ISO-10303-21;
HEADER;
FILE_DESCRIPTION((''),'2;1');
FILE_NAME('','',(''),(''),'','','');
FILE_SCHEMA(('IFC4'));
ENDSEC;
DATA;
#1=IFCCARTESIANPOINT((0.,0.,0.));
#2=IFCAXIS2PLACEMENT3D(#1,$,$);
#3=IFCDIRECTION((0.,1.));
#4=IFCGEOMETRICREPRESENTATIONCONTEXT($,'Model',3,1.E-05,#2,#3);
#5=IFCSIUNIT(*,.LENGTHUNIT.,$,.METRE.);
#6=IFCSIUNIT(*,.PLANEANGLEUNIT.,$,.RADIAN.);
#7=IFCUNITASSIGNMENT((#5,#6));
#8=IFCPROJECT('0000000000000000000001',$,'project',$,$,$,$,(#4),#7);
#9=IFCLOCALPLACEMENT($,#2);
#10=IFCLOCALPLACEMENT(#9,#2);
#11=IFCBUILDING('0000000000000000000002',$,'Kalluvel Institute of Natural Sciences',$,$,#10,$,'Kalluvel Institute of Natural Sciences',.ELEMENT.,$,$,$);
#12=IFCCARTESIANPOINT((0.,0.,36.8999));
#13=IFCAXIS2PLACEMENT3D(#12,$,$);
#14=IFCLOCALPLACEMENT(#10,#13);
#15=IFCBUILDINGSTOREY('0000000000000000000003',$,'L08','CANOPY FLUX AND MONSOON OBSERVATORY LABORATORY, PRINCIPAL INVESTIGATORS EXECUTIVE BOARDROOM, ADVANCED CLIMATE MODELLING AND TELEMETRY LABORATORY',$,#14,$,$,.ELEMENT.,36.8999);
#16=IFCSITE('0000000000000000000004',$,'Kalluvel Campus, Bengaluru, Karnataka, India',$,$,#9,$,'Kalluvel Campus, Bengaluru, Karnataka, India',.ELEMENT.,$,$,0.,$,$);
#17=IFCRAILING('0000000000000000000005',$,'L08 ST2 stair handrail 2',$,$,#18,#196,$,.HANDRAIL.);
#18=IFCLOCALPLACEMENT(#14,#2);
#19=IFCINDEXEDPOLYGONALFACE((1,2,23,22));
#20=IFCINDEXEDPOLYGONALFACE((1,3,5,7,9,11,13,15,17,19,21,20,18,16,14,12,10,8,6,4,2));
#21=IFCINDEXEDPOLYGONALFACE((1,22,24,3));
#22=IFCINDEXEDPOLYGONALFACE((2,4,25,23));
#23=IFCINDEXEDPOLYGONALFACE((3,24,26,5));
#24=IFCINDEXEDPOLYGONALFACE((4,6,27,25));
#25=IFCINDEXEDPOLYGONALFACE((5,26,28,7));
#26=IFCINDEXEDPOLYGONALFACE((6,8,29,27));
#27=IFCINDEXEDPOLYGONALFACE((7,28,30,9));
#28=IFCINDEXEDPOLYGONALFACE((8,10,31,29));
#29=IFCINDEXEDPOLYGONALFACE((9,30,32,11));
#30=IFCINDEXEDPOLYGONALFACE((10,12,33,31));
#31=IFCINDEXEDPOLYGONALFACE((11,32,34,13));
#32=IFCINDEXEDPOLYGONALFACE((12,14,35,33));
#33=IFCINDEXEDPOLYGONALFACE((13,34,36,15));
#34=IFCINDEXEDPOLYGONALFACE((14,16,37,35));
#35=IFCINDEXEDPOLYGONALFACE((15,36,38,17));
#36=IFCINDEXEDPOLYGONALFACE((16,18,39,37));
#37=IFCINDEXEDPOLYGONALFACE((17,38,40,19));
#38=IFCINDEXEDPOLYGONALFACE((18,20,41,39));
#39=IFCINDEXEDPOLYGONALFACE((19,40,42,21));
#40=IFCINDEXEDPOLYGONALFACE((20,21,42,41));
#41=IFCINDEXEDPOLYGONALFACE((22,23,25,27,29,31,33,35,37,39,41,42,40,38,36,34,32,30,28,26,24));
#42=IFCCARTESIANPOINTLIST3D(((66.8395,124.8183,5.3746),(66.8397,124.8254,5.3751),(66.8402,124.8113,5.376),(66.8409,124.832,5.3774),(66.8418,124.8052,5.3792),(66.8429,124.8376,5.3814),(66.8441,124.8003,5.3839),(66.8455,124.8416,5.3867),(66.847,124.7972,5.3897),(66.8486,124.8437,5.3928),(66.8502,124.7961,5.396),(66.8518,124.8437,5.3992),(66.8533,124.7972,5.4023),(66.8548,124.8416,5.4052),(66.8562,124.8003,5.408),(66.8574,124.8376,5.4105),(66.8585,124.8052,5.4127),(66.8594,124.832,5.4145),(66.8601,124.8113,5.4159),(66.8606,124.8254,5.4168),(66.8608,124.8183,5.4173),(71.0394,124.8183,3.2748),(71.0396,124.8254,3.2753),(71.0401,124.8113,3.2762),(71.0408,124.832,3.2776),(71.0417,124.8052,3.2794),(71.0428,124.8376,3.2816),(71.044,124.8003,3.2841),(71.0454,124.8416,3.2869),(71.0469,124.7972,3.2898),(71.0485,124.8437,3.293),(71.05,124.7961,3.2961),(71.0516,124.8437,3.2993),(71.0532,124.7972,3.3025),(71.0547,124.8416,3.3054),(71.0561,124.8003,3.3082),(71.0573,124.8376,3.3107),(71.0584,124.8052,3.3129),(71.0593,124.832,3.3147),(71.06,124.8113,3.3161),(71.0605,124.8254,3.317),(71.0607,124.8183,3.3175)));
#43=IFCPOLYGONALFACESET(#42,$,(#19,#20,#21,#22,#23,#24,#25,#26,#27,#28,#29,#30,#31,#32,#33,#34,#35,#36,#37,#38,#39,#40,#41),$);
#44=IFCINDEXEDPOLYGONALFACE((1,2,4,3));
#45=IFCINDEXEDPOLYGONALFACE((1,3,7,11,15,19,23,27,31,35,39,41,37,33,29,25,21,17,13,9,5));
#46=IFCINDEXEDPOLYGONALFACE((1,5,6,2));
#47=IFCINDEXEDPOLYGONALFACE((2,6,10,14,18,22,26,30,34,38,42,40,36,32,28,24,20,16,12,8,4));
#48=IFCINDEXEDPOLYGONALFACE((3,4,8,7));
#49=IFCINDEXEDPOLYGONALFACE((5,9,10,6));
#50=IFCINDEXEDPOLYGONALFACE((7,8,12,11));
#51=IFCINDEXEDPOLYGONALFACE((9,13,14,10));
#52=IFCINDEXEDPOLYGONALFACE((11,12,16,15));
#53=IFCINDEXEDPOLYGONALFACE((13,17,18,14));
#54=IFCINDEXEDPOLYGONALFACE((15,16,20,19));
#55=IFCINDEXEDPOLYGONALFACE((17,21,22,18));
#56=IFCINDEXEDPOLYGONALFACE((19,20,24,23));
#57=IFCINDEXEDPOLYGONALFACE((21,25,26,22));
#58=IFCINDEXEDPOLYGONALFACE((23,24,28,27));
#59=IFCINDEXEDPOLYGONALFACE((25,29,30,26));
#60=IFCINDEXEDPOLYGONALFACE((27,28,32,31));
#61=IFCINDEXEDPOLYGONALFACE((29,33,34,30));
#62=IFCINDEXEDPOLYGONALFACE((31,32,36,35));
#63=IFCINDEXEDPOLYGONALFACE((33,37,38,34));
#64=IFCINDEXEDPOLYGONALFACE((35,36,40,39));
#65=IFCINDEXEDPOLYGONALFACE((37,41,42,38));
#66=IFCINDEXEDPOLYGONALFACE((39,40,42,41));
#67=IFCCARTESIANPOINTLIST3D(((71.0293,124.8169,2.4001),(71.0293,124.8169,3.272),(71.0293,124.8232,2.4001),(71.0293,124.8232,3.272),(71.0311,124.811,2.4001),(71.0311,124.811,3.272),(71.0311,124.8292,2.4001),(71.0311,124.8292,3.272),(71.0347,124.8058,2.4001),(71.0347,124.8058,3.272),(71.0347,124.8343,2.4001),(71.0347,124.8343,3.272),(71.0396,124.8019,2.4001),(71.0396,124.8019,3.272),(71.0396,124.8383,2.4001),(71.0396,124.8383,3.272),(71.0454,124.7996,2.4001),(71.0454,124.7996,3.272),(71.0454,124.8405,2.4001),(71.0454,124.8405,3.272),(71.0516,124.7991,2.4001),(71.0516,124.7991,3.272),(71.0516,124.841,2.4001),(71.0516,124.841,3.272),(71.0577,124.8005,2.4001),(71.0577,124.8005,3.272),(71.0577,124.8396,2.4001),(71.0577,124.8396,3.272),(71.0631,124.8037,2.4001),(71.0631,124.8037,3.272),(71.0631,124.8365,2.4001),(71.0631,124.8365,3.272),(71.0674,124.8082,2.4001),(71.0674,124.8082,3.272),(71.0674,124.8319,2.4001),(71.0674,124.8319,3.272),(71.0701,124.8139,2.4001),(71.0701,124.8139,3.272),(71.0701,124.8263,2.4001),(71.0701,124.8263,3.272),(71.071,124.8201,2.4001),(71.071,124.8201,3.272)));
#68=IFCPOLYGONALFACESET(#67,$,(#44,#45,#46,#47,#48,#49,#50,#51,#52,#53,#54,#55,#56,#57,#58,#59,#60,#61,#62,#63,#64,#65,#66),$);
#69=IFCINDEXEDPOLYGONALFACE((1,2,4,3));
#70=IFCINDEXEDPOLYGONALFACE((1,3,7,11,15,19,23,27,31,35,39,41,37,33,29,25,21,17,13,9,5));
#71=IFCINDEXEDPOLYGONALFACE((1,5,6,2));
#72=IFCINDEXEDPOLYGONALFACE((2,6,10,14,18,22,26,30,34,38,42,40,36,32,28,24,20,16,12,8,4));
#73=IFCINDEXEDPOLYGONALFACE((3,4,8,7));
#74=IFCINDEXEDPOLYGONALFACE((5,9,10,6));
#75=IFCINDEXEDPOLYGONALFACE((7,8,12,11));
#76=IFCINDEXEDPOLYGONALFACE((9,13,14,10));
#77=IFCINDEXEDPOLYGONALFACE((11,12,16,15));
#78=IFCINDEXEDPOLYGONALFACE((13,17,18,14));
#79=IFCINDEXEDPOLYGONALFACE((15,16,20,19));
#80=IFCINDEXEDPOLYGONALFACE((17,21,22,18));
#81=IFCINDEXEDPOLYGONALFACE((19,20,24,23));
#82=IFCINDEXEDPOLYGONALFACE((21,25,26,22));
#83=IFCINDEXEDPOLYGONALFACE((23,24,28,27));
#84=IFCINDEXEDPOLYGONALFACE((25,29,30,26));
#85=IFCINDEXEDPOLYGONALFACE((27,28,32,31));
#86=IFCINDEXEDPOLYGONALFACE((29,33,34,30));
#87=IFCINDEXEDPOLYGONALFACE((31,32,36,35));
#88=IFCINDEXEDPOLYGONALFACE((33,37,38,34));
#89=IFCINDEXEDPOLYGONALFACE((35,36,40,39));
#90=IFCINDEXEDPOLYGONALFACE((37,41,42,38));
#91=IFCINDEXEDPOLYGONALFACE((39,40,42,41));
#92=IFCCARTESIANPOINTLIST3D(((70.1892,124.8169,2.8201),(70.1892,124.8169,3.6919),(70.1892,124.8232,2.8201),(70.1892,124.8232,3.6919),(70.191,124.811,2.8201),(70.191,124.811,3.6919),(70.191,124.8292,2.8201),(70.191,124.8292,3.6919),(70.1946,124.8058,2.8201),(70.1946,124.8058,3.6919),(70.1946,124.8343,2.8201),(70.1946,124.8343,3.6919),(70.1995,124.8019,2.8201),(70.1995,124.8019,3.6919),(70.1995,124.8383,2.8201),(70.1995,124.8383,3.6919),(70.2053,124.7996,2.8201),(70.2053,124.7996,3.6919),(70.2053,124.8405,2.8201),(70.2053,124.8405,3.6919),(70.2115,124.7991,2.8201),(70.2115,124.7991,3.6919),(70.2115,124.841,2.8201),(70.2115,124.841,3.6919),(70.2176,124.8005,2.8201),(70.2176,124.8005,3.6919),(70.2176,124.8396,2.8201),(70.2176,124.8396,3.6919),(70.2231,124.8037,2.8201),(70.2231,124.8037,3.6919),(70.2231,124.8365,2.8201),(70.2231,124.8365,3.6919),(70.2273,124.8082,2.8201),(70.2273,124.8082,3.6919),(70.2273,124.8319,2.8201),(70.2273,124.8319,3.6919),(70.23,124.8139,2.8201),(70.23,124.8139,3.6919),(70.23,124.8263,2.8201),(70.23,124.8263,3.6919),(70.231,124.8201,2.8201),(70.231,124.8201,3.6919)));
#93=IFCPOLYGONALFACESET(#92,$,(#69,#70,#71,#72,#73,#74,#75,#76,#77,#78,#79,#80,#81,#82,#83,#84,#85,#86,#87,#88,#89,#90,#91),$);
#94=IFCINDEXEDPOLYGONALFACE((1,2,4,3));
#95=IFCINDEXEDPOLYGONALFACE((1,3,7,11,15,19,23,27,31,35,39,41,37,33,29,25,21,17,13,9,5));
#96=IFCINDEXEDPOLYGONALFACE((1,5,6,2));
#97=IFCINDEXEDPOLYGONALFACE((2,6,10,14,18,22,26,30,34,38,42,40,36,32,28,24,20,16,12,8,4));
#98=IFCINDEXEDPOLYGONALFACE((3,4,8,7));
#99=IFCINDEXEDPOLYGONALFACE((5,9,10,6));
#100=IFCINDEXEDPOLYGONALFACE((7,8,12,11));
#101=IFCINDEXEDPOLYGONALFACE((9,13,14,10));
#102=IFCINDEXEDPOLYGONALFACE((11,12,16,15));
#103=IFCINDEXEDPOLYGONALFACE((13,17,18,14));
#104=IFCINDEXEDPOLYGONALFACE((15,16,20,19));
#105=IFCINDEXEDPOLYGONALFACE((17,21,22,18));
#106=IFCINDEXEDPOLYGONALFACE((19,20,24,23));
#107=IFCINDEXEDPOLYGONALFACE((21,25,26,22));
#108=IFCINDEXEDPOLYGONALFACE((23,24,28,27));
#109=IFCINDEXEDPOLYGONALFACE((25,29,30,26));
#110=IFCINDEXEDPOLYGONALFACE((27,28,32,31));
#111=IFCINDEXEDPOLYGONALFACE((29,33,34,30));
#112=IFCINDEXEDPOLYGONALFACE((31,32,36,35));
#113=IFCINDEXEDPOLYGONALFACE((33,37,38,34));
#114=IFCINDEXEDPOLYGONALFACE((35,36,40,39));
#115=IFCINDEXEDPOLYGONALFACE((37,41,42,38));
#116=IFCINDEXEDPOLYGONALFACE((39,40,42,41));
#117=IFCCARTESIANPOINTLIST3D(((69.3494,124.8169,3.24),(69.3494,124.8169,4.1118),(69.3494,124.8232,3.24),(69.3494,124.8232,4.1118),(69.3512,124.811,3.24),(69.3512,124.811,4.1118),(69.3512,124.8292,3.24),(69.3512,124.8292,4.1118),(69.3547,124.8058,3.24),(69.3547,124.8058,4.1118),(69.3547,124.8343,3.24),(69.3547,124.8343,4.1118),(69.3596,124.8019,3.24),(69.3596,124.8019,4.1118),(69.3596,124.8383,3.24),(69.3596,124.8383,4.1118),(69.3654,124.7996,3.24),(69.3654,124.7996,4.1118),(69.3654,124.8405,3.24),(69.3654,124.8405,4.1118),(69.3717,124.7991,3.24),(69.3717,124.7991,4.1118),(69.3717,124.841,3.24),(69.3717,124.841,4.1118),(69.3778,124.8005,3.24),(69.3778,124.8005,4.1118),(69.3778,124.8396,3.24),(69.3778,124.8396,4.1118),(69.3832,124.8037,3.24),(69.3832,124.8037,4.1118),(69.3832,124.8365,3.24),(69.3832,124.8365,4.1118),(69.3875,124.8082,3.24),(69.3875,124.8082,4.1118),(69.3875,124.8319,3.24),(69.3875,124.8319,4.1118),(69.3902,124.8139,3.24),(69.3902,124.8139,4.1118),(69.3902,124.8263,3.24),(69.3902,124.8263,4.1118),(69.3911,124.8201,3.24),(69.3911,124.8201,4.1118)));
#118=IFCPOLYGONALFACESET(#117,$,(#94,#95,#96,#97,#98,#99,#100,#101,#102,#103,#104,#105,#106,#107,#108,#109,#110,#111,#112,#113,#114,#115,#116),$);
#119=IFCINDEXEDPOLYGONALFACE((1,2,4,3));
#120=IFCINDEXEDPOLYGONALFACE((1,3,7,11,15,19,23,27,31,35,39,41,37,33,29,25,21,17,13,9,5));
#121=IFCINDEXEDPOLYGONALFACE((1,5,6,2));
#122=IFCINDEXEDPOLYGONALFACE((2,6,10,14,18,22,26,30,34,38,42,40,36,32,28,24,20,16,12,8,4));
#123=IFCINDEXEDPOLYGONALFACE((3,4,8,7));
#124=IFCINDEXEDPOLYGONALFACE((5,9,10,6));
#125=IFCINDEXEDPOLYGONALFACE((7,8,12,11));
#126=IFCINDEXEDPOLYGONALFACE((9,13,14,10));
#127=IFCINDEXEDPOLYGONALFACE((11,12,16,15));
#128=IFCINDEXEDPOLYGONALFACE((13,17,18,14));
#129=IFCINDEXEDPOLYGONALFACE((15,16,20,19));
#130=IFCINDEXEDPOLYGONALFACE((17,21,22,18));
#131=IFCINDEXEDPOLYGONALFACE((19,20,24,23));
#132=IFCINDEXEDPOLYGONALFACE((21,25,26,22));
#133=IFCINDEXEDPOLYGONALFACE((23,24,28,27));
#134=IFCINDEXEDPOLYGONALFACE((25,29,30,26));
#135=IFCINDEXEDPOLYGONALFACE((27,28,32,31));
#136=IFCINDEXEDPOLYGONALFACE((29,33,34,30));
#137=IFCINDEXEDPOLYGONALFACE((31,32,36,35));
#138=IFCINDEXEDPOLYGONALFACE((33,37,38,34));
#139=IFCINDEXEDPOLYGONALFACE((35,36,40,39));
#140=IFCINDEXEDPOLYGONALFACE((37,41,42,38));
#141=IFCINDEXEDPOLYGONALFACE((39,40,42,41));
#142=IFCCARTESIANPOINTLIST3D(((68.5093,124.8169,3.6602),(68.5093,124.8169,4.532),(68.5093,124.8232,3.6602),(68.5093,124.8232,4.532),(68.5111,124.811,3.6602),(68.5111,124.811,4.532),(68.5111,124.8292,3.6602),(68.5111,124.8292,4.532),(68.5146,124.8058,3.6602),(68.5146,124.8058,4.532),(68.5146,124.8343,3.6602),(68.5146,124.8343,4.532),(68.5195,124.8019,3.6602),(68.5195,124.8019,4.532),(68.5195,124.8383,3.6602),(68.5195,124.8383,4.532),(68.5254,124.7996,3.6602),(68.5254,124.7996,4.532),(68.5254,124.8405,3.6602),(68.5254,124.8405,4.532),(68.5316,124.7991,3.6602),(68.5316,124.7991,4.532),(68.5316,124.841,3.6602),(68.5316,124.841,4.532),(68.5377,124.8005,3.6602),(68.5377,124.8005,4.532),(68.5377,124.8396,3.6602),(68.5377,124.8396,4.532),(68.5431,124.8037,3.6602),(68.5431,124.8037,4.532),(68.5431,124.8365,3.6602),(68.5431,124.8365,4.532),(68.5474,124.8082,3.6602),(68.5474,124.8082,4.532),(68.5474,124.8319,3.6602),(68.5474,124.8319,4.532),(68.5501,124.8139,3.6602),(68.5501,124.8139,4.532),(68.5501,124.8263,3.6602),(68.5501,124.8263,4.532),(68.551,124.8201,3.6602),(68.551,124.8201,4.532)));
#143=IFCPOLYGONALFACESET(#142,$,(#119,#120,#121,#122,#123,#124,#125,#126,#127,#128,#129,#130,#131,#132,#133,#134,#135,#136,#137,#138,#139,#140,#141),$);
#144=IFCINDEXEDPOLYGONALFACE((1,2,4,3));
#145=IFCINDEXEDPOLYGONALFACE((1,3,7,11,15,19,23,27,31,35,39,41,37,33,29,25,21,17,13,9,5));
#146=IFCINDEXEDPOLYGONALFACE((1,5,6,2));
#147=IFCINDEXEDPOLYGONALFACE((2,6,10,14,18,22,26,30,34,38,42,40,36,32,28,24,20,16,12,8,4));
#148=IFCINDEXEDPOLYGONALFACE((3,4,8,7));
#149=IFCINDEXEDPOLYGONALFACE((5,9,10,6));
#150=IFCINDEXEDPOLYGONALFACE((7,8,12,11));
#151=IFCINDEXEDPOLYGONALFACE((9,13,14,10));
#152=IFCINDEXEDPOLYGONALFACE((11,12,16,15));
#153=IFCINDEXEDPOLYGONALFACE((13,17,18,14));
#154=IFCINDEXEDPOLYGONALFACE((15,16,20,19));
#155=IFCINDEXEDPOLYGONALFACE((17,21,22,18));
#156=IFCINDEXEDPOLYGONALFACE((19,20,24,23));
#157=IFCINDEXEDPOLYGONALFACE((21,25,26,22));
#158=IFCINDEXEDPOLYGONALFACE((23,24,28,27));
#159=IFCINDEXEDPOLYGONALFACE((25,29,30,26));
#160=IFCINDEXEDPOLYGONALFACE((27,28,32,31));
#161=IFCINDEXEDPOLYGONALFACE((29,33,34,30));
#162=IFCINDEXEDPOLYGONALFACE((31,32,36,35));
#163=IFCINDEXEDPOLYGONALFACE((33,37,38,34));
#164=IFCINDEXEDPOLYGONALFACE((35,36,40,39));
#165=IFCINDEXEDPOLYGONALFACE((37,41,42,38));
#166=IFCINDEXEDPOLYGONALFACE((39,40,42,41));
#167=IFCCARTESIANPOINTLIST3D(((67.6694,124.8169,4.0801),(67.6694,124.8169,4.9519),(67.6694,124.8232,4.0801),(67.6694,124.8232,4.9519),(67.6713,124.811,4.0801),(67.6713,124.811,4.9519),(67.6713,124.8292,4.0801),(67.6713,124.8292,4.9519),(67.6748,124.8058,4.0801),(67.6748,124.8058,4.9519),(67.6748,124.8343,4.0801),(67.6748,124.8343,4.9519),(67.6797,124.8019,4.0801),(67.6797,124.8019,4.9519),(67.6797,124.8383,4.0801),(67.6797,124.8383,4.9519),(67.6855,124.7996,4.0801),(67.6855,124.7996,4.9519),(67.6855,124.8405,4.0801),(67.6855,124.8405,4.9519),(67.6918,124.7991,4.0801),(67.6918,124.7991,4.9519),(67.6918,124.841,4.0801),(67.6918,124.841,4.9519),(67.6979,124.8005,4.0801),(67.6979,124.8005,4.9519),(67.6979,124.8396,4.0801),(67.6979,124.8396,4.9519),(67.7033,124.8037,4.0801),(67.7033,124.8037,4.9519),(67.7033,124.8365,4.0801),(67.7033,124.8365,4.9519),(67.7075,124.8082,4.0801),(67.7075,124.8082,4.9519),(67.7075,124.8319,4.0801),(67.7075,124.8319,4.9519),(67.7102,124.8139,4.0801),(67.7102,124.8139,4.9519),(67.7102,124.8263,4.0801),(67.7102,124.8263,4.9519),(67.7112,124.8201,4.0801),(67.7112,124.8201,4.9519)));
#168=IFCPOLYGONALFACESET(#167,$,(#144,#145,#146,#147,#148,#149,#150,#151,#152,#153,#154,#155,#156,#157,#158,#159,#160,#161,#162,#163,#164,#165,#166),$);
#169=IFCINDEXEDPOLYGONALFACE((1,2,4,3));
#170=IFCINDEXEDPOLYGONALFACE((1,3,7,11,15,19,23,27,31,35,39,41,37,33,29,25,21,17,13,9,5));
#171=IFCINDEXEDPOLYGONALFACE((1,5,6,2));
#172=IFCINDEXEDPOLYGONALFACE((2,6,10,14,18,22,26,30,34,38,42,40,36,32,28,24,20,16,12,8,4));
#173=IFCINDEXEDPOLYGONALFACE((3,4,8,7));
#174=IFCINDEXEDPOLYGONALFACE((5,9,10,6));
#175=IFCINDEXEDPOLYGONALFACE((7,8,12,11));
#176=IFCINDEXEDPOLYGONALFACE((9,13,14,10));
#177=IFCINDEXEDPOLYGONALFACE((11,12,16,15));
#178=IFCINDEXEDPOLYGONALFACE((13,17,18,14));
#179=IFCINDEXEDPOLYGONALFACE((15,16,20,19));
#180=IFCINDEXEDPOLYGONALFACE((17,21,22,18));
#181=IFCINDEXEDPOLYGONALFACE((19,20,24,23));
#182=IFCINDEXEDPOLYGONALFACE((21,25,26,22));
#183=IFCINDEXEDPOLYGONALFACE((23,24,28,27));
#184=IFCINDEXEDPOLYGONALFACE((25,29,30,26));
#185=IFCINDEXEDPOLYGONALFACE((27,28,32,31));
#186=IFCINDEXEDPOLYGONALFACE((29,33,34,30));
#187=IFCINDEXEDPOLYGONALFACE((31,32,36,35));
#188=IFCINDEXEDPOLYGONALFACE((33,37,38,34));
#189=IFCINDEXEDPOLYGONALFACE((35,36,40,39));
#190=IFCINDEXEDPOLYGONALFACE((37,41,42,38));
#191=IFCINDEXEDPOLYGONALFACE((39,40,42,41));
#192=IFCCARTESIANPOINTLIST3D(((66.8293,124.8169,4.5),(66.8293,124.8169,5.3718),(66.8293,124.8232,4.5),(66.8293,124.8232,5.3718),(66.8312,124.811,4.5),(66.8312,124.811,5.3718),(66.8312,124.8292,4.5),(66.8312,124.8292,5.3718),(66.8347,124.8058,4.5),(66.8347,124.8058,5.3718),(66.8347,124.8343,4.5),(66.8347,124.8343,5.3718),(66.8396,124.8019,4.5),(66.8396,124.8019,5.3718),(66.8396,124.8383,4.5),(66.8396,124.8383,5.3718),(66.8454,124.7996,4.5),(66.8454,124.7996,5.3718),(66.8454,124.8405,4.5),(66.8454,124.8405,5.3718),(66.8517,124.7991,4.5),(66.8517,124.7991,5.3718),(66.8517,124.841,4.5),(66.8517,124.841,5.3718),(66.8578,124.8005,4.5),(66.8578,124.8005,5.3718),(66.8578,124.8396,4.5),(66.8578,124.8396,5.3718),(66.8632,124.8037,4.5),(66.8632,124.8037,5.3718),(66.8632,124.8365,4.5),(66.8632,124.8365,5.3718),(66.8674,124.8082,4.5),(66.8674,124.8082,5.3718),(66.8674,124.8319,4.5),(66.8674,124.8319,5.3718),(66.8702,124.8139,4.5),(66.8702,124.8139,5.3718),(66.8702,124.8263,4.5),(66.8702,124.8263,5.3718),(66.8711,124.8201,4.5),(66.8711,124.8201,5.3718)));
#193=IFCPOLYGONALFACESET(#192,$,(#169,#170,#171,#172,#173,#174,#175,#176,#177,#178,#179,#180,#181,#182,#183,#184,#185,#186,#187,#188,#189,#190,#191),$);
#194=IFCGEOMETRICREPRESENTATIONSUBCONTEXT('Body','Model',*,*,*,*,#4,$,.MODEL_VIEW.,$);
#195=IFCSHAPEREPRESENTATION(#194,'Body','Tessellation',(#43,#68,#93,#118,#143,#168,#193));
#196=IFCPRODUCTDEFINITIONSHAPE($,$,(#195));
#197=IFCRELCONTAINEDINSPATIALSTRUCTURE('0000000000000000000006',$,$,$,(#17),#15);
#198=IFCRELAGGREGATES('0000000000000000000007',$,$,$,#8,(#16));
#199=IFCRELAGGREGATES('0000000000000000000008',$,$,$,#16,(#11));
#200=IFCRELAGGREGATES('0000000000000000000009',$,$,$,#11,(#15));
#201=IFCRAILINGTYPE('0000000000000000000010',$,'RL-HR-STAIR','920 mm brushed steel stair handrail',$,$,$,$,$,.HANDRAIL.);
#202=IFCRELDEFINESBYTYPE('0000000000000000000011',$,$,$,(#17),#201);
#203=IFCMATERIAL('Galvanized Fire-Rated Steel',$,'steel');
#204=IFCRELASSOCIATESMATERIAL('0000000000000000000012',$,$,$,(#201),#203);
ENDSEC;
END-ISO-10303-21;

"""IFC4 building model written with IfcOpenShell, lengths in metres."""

from ifc_helpers import new_model, si_unit, direction, frame, origin, origin_2d, place, context, subcontext, project, spatial, circle, extrude, material, type_object, element, save


model = new_model("IFC4")

# Units and contexts
model_context = context("Model", 3, precision=1e-05, world=origin(), true_north=direction((0.0, 1.0)))
body_context = subcontext(model_context, "Body", "Model", "MODEL_VIEW")
ifc_project = project(units=[si_unit("LENGTHUNIT", "METRE"), si_unit("PLANEANGLEUNIT", "RADIAN")], contexts=[model_context])

# Site, building, storey
site_placement = place(None, origin())
site = spatial("IfcSite", under=ifc_project, at=site_placement, Name="Kalluvel Campus, Bengaluru, Karnataka, India", LongName="Kalluvel Campus, Bengaluru, Karnataka, India", CompositionType="ELEMENT", RefElevation=0.0)
building_placement = place(site_placement, origin())
building = spatial("IfcBuilding", under=site, at=building_placement, Name="Kalluvel Institute of Natural Sciences", LongName="Kalluvel Institute of Natural Sciences", CompositionType="ELEMENT")
storey_placement = place(building_placement, frame((0.0, 0.0, 36.8999)))
storey = spatial("IfcBuildingStorey", under=building, at=storey_placement, Name="L08", Description="CANOPY FLUX AND MONSOON OBSERVATORY LABORATORY, PRINCIPAL INVESTIGATORS EXECUTIVE BOARDROOM, ADVANCED CLIMATE MODELLING AND TELEMETRY LABORATORY", CompositionType="ELEMENT", Elevation=36.8999)

# Shared definitions
ifc_material_1 = material(Name="Galvanized Fire-Rated Steel", Category="steel")

# Railing
railing_type_1 = type_object("IfcRailingType", Name="RL-HR-STAIR", Description="920 mm brushed steel stair handrail", PredefinedType="HANDRAIL", material=ifc_material_1)
railing_1_placement = place(storey_placement, frame((71.05, 124.8201, 2.4001)))
element("IfcRailing", 1, at=railing_1_placement, inside=storey, type_object=railing_type_1, Name="L08 ST2 stair handrail 2", PredefinedType="HANDRAIL", context=body_context, shape_type="SweptSolid", body=[
    extrude(circle(Radius=0.0239, at=origin_2d()), frame((0.0, 0.0, 0.896), z_axis=(-0.894438, 0.0, 0.447193), x_axis=(0.0, -1.0, 0.0)), (0.0, 0.0, 1.0), 4.6956),
    extrude(circle(Radius=0.021, at=origin_2d()), origin(), (0.0, 0.0, 1.0), 0.8718),
    extrude(circle(Radius=0.021, at=origin_2d()), frame((-0.8401, 0.0, 0.4199)), (0.0, 0.0, 1.0), 0.8718),
    extrude(circle(Radius=0.021, at=origin_2d()), frame((-1.6799, 0.0, 0.8398)), (0.0, 0.0, 1.0), 0.8718),
    extrude(circle(Radius=0.021, at=origin_2d()), frame((-2.52, 0.0, 1.26)), (0.0, 0.0, 1.0), 0.8718),
    extrude(circle(Radius=0.021, at=origin_2d()), frame((-3.3599, 0.0, 1.6799)), (0.0, 0.0, 1.0), 0.8718),
    extrude(circle(Radius=0.021, at=origin_2d()), frame((-4.2, 0.0, 2.0999)), (0.0, 0.0, 1.0), 0.8718),
])

save(model, "model.ifc")
